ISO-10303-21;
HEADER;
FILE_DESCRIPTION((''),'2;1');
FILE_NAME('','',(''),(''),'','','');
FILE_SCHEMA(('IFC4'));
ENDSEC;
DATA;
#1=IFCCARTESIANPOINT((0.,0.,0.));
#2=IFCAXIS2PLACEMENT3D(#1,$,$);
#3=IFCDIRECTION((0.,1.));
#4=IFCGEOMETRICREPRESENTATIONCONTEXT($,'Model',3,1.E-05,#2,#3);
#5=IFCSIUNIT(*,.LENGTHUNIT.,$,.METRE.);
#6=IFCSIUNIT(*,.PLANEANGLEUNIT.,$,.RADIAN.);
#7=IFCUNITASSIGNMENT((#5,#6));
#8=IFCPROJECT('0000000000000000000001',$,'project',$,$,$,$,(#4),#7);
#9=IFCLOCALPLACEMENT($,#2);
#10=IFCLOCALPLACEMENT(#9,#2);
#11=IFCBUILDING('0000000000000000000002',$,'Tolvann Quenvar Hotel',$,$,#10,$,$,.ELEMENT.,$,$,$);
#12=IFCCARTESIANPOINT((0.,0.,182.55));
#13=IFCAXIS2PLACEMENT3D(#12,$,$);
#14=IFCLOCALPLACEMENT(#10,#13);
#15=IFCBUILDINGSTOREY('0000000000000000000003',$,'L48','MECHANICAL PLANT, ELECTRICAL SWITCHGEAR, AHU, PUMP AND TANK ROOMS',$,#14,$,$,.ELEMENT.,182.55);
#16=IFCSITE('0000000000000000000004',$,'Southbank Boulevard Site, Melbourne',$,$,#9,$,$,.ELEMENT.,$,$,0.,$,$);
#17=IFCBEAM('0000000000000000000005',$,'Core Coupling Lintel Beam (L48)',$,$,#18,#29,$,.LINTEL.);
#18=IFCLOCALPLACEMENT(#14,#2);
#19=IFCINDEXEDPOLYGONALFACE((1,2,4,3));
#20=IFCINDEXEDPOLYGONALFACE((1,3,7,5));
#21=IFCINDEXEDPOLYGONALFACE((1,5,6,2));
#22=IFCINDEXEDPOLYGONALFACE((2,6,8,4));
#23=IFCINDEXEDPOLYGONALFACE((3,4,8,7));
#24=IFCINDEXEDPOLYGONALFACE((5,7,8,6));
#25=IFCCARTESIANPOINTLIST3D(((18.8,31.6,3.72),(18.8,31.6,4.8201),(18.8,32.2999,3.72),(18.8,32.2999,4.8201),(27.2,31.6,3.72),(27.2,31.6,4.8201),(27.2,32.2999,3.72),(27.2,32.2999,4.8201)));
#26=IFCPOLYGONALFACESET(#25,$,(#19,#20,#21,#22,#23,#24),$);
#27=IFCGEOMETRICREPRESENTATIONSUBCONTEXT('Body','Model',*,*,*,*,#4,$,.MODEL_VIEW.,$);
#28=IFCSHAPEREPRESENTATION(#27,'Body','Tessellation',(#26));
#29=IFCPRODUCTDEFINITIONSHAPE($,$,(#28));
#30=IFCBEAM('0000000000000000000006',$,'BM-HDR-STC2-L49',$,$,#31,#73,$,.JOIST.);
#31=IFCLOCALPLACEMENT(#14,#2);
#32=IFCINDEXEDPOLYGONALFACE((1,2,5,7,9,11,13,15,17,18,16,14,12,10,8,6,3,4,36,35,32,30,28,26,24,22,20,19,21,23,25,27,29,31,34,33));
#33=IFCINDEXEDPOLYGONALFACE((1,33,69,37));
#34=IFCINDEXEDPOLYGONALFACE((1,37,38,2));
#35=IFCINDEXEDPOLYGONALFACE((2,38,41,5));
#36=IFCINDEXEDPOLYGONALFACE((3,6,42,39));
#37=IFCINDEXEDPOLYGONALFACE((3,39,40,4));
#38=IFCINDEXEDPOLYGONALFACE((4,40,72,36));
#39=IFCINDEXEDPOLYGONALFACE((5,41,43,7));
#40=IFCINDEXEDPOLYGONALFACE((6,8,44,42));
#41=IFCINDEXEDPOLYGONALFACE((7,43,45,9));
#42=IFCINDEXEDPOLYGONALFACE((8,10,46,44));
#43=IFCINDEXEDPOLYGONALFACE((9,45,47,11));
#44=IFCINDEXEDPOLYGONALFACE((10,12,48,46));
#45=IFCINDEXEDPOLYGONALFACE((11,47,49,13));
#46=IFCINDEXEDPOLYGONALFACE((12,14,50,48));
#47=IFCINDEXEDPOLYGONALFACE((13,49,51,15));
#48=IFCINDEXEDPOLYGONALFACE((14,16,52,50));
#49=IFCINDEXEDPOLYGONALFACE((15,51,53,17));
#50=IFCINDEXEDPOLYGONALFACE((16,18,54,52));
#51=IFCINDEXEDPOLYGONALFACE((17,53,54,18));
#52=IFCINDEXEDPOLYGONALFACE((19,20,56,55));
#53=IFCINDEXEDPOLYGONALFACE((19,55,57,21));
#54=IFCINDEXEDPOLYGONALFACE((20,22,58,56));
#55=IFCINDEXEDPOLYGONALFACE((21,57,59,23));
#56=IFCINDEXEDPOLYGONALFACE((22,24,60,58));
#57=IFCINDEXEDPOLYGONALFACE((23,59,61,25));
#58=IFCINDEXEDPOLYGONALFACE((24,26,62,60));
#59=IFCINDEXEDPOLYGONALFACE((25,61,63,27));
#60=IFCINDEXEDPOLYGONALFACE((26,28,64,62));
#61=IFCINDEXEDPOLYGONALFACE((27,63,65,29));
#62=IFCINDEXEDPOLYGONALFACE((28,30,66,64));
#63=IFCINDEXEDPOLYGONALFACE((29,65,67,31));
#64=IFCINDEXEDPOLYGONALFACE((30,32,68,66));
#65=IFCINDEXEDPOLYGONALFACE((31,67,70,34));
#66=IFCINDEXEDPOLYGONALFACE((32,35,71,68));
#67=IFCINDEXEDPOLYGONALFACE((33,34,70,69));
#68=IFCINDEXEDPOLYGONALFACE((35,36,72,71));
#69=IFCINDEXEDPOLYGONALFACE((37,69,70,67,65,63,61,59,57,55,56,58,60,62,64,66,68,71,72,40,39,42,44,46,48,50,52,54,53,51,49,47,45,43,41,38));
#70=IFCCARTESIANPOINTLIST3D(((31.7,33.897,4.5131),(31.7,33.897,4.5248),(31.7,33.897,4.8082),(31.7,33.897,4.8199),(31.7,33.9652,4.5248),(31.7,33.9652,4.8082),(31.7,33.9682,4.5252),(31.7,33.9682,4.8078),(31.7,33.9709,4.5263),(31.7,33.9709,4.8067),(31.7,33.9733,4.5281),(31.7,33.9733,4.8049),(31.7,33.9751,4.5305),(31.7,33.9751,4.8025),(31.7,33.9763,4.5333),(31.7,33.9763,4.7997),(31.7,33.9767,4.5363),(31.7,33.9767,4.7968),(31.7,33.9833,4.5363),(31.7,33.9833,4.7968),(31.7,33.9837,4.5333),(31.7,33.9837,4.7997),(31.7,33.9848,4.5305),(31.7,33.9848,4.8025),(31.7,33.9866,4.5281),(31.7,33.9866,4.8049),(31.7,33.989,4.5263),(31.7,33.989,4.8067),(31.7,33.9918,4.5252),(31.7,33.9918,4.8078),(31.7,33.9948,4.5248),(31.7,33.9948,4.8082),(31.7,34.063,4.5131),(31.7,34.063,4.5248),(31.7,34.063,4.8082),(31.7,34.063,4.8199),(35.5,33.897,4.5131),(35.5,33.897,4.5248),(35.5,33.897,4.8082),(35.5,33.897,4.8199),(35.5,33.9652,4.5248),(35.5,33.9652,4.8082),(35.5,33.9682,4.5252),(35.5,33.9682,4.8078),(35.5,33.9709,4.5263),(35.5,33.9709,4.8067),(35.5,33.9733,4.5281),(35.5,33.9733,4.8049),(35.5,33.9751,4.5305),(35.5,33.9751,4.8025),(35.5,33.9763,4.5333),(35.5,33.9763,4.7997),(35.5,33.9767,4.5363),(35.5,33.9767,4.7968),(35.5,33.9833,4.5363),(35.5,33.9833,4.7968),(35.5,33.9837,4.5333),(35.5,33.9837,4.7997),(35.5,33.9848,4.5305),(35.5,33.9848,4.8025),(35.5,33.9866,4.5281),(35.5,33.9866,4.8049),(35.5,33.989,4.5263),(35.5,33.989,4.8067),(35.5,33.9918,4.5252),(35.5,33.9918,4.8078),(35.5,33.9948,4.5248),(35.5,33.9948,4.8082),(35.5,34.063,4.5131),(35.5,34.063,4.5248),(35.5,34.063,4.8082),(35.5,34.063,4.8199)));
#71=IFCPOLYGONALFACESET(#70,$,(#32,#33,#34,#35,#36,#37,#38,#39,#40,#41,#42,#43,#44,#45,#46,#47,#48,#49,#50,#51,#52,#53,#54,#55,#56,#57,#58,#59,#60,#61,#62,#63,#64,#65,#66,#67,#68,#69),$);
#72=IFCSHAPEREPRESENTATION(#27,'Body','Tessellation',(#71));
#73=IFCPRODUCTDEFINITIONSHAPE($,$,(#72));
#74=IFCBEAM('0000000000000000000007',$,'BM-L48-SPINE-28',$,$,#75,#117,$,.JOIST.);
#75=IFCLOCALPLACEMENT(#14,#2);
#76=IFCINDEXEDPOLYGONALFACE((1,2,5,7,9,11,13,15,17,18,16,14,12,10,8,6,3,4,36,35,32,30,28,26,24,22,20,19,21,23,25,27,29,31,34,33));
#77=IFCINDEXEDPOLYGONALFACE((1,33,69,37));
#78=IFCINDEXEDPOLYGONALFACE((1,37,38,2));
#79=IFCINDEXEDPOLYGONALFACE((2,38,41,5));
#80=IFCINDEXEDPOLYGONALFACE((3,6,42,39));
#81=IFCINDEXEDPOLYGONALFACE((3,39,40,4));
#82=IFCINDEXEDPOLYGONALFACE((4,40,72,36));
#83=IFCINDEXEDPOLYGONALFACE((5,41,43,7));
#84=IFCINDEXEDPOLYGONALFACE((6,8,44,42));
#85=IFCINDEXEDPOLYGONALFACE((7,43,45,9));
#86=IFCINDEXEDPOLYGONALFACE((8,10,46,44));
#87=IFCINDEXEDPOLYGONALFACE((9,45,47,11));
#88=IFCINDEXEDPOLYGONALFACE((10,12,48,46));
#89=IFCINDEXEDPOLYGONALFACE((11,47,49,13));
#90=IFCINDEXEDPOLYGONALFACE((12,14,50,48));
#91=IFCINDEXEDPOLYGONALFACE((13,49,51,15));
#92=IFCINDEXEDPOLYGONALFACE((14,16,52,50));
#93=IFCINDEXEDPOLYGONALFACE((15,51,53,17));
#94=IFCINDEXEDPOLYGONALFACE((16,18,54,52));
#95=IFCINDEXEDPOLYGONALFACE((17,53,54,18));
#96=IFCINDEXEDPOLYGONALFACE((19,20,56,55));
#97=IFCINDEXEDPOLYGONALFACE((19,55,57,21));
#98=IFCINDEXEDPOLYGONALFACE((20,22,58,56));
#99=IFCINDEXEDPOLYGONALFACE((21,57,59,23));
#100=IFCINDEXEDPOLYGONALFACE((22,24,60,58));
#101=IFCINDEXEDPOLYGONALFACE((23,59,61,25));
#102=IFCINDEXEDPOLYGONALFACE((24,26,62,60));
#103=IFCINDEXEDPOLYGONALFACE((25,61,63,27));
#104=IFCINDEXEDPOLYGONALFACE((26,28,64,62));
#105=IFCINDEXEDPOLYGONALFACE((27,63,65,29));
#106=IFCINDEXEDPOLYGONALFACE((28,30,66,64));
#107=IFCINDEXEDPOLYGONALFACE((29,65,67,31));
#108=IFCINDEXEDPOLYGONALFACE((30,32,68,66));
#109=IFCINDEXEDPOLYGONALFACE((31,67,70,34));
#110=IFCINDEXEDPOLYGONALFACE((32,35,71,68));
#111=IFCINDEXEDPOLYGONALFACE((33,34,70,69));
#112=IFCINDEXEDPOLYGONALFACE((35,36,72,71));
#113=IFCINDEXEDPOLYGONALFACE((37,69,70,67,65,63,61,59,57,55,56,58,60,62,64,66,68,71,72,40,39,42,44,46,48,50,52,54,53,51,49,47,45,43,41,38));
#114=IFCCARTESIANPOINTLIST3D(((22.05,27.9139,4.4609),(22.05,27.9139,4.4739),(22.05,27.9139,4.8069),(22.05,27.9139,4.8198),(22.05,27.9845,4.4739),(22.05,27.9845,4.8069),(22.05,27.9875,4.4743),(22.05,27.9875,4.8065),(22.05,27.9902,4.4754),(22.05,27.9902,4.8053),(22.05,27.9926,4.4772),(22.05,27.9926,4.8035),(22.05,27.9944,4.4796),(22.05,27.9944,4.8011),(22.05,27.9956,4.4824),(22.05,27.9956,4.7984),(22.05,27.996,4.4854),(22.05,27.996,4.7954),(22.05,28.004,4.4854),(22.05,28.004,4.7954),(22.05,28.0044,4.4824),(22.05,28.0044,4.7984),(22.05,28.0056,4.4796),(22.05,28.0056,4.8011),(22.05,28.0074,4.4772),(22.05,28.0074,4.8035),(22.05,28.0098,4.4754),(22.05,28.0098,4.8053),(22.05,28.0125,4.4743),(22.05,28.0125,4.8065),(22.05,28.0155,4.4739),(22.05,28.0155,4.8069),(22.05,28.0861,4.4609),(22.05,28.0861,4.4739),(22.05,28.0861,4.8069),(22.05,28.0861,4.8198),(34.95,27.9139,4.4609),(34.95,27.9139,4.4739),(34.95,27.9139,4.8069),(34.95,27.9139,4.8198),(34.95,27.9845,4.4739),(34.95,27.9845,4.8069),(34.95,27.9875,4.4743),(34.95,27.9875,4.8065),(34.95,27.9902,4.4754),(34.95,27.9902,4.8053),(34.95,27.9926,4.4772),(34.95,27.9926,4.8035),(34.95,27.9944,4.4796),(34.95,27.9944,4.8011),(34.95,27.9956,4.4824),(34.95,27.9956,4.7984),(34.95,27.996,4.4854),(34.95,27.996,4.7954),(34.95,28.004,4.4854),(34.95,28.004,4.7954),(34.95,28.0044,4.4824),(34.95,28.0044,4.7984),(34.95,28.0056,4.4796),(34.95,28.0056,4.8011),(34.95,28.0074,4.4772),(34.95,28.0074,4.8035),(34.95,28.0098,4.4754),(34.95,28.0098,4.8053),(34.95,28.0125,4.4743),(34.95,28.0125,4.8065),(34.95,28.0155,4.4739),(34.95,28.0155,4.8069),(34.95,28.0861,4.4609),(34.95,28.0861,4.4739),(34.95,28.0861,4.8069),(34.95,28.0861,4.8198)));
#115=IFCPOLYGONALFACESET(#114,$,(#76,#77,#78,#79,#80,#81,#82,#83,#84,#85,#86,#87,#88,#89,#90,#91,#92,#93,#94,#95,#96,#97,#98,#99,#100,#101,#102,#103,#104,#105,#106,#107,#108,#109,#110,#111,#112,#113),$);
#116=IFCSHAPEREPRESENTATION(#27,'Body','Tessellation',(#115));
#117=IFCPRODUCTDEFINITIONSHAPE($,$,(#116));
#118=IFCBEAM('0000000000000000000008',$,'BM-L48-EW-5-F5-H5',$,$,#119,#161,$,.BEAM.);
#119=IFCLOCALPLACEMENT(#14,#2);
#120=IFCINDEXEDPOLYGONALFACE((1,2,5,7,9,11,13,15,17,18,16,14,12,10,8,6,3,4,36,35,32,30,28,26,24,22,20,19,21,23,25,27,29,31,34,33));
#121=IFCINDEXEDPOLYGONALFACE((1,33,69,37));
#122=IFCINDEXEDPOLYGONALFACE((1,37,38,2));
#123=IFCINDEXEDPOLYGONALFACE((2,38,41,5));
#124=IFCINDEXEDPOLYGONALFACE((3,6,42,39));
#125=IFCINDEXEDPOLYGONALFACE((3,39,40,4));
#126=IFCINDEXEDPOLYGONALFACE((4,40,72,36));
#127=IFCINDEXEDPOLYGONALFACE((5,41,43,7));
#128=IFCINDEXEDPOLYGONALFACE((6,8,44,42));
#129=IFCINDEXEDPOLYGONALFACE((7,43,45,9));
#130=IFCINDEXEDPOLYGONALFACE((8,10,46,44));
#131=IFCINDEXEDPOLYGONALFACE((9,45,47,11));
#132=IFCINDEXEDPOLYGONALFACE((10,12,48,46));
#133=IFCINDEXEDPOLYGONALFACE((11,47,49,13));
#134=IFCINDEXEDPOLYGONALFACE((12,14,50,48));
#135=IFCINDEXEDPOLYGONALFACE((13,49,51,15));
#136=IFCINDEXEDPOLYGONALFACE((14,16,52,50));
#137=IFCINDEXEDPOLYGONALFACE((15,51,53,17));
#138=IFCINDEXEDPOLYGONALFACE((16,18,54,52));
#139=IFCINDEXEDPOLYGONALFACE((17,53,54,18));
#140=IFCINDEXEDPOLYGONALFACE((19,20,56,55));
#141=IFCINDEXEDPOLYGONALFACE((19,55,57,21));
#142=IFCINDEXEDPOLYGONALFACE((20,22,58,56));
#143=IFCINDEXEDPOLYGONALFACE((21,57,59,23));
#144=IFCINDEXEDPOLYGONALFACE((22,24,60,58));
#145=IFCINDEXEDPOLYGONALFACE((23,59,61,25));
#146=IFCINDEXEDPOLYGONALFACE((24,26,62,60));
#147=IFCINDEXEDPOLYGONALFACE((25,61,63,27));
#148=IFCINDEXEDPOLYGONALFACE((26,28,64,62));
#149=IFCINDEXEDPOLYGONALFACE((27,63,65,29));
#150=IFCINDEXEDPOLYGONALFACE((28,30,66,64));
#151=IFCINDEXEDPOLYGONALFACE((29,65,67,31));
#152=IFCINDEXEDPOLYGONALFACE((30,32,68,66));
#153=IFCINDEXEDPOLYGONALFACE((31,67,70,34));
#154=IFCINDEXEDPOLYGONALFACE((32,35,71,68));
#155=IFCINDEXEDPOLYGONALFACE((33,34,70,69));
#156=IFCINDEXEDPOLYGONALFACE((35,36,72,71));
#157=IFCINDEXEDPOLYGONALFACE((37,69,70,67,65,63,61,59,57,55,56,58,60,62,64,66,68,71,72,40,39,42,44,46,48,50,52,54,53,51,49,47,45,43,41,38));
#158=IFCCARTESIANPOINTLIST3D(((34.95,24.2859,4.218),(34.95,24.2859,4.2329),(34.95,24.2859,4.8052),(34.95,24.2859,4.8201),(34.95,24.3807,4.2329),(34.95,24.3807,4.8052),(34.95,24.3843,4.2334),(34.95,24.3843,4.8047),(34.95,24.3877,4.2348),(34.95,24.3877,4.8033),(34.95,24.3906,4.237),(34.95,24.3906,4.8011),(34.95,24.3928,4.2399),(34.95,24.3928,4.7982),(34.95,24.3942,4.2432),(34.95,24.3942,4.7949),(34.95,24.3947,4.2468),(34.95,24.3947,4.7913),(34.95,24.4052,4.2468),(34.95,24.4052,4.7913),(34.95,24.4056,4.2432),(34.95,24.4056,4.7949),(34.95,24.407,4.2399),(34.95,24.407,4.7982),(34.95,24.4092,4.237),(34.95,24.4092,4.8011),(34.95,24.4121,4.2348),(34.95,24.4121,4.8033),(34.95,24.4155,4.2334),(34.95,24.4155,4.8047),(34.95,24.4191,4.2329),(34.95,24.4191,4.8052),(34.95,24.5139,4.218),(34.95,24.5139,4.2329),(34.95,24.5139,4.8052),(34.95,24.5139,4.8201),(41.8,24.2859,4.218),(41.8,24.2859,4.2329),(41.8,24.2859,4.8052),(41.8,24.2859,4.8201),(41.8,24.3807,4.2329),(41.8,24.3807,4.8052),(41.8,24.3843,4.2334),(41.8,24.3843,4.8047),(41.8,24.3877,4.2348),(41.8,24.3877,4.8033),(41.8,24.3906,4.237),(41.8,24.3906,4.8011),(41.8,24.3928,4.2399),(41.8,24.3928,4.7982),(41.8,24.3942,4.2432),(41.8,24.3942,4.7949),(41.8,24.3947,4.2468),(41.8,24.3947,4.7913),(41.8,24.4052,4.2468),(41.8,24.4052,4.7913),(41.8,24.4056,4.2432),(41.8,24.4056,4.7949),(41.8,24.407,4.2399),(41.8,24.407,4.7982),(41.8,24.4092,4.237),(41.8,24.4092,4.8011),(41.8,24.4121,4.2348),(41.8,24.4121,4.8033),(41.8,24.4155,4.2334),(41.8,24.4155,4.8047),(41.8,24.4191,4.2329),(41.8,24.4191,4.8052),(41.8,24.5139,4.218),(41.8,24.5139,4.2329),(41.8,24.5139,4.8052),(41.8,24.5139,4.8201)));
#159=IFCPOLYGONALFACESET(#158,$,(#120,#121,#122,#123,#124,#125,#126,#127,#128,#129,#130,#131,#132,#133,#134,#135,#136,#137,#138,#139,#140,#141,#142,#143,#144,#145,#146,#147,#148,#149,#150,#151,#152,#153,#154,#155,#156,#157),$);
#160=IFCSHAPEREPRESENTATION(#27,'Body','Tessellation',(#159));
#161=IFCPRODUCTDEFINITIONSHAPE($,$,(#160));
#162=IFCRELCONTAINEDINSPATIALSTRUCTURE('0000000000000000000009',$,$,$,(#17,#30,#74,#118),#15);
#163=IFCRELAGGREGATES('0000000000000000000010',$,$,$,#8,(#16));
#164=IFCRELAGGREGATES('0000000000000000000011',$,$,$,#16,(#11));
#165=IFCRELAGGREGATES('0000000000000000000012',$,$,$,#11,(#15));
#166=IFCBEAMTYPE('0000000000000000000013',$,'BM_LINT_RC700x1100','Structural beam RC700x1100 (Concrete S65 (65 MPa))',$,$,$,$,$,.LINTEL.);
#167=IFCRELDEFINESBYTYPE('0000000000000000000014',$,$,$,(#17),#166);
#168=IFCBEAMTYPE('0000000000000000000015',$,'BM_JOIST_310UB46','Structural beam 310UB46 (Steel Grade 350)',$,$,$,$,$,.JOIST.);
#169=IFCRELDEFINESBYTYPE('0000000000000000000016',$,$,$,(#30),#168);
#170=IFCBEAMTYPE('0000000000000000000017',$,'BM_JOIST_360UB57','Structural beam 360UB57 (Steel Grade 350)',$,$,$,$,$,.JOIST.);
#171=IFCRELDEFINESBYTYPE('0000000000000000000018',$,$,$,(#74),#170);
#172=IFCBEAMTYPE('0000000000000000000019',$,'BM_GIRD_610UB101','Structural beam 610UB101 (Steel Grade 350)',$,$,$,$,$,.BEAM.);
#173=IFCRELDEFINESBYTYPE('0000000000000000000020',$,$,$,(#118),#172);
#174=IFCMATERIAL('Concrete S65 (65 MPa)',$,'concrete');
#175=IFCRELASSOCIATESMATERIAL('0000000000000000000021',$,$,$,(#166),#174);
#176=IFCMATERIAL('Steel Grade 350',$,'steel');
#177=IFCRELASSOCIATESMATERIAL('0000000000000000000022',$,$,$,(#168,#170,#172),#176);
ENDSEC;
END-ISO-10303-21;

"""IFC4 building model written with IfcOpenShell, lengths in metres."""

from ifc_helpers import new_model, si_unit, direction, frame, origin, origin_2d, place, context, subcontext, project, spatial, rectangle, i_section, extrude, source, transform, mapped, material, material_profile, profile_set, type_object, type_shapes, element, save


model = new_model("IFC4")

# Units and contexts
model_context = context("Model", 3, precision=1e-05, world=origin(), true_north=direction((0.0, 1.0)))
body_context = subcontext(model_context, "Body", "Model", "MODEL_VIEW")
ifc_project = project(units=[si_unit("LENGTHUNIT", "METRE"), si_unit("PLANEANGLEUNIT", "RADIAN")], contexts=[model_context])

# Site, building, storey
site_placement = place(None, origin())
site = spatial("IfcSite", under=ifc_project, at=site_placement, Name="Southbank Boulevard Site, Melbourne", CompositionType="ELEMENT", RefElevation=0.0)
building_placement = place(site_placement, origin())
building = spatial("IfcBuilding", under=site, at=building_placement, Name="Tolvann Quenvar Hotel", CompositionType="ELEMENT")
storey_placement = place(building_placement, frame((0.0, 0.0, 182.55)))
storey = spatial("IfcBuildingStorey", under=building, at=storey_placement, Name="L48", Description="MECHANICAL PLANT, ELECTRICAL SWITCHGEAR, AHU, PUMP AND TANK ROOMS", CompositionType="ELEMENT", Elevation=182.55)

# Beams
ifc_material_1 = material(Name="Concrete S65 (65 MPa)", Category="concrete")
ifc_material_profile_1 = material_profile(ifc_material_1, rectangle(XDim=0.7, YDim=1.1001, at=origin_2d()), Name="RC700x1100")
ifc_profile_set_1 = profile_set([ifc_material_profile_1], Name="Concrete S65 (65 MPa)")
beam_type_1 = type_object("IfcBeamType", Name="BM_LINT_RC700x1100", Description="Structural beam RC700x1100 (Concrete S65 (65 MPa))", PredefinedType="LINTEL", material=ifc_profile_set_1)
shared_shape_1 = source(origin(), body_context, "Body", "SweptSolid", [
    extrude(rectangle(XDim=0.7, YDim=1.1001, at=origin_2d()), origin(), (0.0, 0.0, 1.0), 8.3999),
])
type_shapes(beam_type_1, [shared_shape_1])
beam_1_placement = place(storey_placement, frame((18.8, 31.95, 4.27), z_axis=(1.0, 0.0, 0.0), x_axis=(0.0, 1.0, 0.0)))
element("IfcBeam", 1, at=beam_1_placement, inside=storey, type_object=beam_type_1, Name="Core Coupling Lintel Beam (L48)", PredefinedType="LINTEL", context=body_context, shape_type="MappedRepresentation", body=[
    mapped(shared_shape_1, transform((0.0, 0.0, 0.0), x_axis=(1.0, 0.0, 0.0), y_axis=(0.0, 1.0, 0.0), z_axis=(0.0, 0.0, 1.0), scale=1.0)),
])
ifc_material_2 = material(Name="Steel Grade 350", Category="steel")
ifc_material_profile_2 = material_profile(ifc_material_2, i_section(OverallWidth=0.166, OverallDepth=0.3069, WebThickness=0.0066, FlangeThickness=0.0117, FilletRadius=0.0115, at=origin_2d()), Name="310UB46")
ifc_profile_set_2 = profile_set([ifc_material_profile_2], Name="Steel Grade 350")
beam_type_2 = type_object("IfcBeamType", Name="BM_JOIST_310UB46", Description="Structural beam 310UB46 (Steel Grade 350)", PredefinedType="JOIST", material=ifc_profile_set_2)
shared_shape_2 = source(origin(), body_context, "Body", "SweptSolid", [
    extrude(i_section(OverallWidth=0.166, OverallDepth=0.3069, WebThickness=0.0066, FlangeThickness=0.0117, FilletRadius=0.0115, at=origin_2d()), origin(), (0.0, 0.0, 1.0), 3.8),
])
type_shapes(beam_type_2, [shared_shape_2])
beam_2_placement = place(storey_placement, frame((31.7, 33.98, 4.6665), z_axis=(1.0, 0.0, 0.0), x_axis=(0.0, 1.0, 0.0)))
element("IfcBeam", 2, at=beam_2_placement, inside=storey, type_object=beam_type_2, Name="BM-HDR-STC2-L49", PredefinedType="JOIST", context=body_context, shape_type="MappedRepresentation", body=[
    mapped(shared_shape_2, transform((0.0, 0.0, 0.0), x_axis=(1.0, 0.0, 0.0), y_axis=(0.0, 1.0, 0.0), z_axis=(0.0, 0.0, 1.0), scale=1.0)),
])
ifc_material_profile_3 = material_profile(ifc_material_2, i_section(OverallWidth=0.1721, OverallDepth=0.3589, WebThickness=0.0081, FlangeThickness=0.0129, FilletRadius=0.0115, at=origin_2d()), Name="360UB57")
ifc_profile_set_3 = profile_set([ifc_material_profile_3], Name="Steel Grade 350")
beam_type_3 = type_object("IfcBeamType", Name="BM_JOIST_360UB57", Description="Structural beam 360UB57 (Steel Grade 350)", PredefinedType="JOIST", material=ifc_profile_set_3)
shared_shape_3 = source(origin(), body_context, "Body", "SweptSolid", [
    extrude(i_section(OverallWidth=0.1721, OverallDepth=0.3589, WebThickness=0.0081, FlangeThickness=0.0129, FilletRadius=0.0115, at=origin_2d()), origin(), (0.0, 0.0, 1.0), 12.8999),
])
type_shapes(beam_type_3, [shared_shape_3])
beam_3_placement = place(storey_placement, frame((22.05, 28.0, 4.6404), z_axis=(1.0, 0.0, 0.0), x_axis=(0.0, 1.0, 0.0)))
element("IfcBeam", 3, at=beam_3_placement, inside=storey, type_object=beam_type_3, Name="BM-L48-SPINE-28", PredefinedType="JOIST", context=body_context, shape_type="MappedRepresentation", body=[
    mapped(shared_shape_3, transform((0.0, 0.0, 0.0), x_axis=(1.0, 0.0, 0.0), y_axis=(0.0, 1.0, 0.0), z_axis=(0.0, 0.0, 1.0), scale=1.0)),
])
ifc_material_profile_4 = material_profile(ifc_material_2, i_section(OverallWidth=0.228, OverallDepth=0.6021, WebThickness=0.0105, FlangeThickness=0.0149, FilletRadius=0.0139, at=origin_2d()), Name="610UB101")
ifc_profile_set_4 = profile_set([ifc_material_profile_4], Name="Steel Grade 350")
beam_type_4 = type_object("IfcBeamType", Name="BM_GIRD_610UB101", Description="Structural beam 610UB101 (Steel Grade 350)", PredefinedType="BEAM", material=ifc_profile_set_4)
shared_shape_4 = source(origin(), body_context, "Body", "SweptSolid", [
    extrude(i_section(OverallWidth=0.228, OverallDepth=0.6021, WebThickness=0.0105, FlangeThickness=0.0149, FilletRadius=0.0139, at=origin_2d()), origin(), (0.0, 0.0, 1.0), 6.8501),
])
beam_4_placement = place(storey_placement, frame((34.95, 24.3999, 4.519), z_axis=(1.0, 0.0, 0.0), x_axis=(0.0, 1.0, 0.0)))
element("IfcBeam", 4, at=beam_4_placement, inside=storey, type_object=beam_type_4, Name="BM-L48-EW-5-F5-H5", PredefinedType="BEAM", context=body_context, shape_type="MappedRepresentation", body=[
    mapped(shared_shape_4, transform((0.0, 0.0, 0.0), x_axis=(1.0, 0.0, 0.0), y_axis=(0.0, 1.0, 0.0), z_axis=(0.0, 0.0, 1.0), scale=1.0)),
])

save(model, "model.ifc")
